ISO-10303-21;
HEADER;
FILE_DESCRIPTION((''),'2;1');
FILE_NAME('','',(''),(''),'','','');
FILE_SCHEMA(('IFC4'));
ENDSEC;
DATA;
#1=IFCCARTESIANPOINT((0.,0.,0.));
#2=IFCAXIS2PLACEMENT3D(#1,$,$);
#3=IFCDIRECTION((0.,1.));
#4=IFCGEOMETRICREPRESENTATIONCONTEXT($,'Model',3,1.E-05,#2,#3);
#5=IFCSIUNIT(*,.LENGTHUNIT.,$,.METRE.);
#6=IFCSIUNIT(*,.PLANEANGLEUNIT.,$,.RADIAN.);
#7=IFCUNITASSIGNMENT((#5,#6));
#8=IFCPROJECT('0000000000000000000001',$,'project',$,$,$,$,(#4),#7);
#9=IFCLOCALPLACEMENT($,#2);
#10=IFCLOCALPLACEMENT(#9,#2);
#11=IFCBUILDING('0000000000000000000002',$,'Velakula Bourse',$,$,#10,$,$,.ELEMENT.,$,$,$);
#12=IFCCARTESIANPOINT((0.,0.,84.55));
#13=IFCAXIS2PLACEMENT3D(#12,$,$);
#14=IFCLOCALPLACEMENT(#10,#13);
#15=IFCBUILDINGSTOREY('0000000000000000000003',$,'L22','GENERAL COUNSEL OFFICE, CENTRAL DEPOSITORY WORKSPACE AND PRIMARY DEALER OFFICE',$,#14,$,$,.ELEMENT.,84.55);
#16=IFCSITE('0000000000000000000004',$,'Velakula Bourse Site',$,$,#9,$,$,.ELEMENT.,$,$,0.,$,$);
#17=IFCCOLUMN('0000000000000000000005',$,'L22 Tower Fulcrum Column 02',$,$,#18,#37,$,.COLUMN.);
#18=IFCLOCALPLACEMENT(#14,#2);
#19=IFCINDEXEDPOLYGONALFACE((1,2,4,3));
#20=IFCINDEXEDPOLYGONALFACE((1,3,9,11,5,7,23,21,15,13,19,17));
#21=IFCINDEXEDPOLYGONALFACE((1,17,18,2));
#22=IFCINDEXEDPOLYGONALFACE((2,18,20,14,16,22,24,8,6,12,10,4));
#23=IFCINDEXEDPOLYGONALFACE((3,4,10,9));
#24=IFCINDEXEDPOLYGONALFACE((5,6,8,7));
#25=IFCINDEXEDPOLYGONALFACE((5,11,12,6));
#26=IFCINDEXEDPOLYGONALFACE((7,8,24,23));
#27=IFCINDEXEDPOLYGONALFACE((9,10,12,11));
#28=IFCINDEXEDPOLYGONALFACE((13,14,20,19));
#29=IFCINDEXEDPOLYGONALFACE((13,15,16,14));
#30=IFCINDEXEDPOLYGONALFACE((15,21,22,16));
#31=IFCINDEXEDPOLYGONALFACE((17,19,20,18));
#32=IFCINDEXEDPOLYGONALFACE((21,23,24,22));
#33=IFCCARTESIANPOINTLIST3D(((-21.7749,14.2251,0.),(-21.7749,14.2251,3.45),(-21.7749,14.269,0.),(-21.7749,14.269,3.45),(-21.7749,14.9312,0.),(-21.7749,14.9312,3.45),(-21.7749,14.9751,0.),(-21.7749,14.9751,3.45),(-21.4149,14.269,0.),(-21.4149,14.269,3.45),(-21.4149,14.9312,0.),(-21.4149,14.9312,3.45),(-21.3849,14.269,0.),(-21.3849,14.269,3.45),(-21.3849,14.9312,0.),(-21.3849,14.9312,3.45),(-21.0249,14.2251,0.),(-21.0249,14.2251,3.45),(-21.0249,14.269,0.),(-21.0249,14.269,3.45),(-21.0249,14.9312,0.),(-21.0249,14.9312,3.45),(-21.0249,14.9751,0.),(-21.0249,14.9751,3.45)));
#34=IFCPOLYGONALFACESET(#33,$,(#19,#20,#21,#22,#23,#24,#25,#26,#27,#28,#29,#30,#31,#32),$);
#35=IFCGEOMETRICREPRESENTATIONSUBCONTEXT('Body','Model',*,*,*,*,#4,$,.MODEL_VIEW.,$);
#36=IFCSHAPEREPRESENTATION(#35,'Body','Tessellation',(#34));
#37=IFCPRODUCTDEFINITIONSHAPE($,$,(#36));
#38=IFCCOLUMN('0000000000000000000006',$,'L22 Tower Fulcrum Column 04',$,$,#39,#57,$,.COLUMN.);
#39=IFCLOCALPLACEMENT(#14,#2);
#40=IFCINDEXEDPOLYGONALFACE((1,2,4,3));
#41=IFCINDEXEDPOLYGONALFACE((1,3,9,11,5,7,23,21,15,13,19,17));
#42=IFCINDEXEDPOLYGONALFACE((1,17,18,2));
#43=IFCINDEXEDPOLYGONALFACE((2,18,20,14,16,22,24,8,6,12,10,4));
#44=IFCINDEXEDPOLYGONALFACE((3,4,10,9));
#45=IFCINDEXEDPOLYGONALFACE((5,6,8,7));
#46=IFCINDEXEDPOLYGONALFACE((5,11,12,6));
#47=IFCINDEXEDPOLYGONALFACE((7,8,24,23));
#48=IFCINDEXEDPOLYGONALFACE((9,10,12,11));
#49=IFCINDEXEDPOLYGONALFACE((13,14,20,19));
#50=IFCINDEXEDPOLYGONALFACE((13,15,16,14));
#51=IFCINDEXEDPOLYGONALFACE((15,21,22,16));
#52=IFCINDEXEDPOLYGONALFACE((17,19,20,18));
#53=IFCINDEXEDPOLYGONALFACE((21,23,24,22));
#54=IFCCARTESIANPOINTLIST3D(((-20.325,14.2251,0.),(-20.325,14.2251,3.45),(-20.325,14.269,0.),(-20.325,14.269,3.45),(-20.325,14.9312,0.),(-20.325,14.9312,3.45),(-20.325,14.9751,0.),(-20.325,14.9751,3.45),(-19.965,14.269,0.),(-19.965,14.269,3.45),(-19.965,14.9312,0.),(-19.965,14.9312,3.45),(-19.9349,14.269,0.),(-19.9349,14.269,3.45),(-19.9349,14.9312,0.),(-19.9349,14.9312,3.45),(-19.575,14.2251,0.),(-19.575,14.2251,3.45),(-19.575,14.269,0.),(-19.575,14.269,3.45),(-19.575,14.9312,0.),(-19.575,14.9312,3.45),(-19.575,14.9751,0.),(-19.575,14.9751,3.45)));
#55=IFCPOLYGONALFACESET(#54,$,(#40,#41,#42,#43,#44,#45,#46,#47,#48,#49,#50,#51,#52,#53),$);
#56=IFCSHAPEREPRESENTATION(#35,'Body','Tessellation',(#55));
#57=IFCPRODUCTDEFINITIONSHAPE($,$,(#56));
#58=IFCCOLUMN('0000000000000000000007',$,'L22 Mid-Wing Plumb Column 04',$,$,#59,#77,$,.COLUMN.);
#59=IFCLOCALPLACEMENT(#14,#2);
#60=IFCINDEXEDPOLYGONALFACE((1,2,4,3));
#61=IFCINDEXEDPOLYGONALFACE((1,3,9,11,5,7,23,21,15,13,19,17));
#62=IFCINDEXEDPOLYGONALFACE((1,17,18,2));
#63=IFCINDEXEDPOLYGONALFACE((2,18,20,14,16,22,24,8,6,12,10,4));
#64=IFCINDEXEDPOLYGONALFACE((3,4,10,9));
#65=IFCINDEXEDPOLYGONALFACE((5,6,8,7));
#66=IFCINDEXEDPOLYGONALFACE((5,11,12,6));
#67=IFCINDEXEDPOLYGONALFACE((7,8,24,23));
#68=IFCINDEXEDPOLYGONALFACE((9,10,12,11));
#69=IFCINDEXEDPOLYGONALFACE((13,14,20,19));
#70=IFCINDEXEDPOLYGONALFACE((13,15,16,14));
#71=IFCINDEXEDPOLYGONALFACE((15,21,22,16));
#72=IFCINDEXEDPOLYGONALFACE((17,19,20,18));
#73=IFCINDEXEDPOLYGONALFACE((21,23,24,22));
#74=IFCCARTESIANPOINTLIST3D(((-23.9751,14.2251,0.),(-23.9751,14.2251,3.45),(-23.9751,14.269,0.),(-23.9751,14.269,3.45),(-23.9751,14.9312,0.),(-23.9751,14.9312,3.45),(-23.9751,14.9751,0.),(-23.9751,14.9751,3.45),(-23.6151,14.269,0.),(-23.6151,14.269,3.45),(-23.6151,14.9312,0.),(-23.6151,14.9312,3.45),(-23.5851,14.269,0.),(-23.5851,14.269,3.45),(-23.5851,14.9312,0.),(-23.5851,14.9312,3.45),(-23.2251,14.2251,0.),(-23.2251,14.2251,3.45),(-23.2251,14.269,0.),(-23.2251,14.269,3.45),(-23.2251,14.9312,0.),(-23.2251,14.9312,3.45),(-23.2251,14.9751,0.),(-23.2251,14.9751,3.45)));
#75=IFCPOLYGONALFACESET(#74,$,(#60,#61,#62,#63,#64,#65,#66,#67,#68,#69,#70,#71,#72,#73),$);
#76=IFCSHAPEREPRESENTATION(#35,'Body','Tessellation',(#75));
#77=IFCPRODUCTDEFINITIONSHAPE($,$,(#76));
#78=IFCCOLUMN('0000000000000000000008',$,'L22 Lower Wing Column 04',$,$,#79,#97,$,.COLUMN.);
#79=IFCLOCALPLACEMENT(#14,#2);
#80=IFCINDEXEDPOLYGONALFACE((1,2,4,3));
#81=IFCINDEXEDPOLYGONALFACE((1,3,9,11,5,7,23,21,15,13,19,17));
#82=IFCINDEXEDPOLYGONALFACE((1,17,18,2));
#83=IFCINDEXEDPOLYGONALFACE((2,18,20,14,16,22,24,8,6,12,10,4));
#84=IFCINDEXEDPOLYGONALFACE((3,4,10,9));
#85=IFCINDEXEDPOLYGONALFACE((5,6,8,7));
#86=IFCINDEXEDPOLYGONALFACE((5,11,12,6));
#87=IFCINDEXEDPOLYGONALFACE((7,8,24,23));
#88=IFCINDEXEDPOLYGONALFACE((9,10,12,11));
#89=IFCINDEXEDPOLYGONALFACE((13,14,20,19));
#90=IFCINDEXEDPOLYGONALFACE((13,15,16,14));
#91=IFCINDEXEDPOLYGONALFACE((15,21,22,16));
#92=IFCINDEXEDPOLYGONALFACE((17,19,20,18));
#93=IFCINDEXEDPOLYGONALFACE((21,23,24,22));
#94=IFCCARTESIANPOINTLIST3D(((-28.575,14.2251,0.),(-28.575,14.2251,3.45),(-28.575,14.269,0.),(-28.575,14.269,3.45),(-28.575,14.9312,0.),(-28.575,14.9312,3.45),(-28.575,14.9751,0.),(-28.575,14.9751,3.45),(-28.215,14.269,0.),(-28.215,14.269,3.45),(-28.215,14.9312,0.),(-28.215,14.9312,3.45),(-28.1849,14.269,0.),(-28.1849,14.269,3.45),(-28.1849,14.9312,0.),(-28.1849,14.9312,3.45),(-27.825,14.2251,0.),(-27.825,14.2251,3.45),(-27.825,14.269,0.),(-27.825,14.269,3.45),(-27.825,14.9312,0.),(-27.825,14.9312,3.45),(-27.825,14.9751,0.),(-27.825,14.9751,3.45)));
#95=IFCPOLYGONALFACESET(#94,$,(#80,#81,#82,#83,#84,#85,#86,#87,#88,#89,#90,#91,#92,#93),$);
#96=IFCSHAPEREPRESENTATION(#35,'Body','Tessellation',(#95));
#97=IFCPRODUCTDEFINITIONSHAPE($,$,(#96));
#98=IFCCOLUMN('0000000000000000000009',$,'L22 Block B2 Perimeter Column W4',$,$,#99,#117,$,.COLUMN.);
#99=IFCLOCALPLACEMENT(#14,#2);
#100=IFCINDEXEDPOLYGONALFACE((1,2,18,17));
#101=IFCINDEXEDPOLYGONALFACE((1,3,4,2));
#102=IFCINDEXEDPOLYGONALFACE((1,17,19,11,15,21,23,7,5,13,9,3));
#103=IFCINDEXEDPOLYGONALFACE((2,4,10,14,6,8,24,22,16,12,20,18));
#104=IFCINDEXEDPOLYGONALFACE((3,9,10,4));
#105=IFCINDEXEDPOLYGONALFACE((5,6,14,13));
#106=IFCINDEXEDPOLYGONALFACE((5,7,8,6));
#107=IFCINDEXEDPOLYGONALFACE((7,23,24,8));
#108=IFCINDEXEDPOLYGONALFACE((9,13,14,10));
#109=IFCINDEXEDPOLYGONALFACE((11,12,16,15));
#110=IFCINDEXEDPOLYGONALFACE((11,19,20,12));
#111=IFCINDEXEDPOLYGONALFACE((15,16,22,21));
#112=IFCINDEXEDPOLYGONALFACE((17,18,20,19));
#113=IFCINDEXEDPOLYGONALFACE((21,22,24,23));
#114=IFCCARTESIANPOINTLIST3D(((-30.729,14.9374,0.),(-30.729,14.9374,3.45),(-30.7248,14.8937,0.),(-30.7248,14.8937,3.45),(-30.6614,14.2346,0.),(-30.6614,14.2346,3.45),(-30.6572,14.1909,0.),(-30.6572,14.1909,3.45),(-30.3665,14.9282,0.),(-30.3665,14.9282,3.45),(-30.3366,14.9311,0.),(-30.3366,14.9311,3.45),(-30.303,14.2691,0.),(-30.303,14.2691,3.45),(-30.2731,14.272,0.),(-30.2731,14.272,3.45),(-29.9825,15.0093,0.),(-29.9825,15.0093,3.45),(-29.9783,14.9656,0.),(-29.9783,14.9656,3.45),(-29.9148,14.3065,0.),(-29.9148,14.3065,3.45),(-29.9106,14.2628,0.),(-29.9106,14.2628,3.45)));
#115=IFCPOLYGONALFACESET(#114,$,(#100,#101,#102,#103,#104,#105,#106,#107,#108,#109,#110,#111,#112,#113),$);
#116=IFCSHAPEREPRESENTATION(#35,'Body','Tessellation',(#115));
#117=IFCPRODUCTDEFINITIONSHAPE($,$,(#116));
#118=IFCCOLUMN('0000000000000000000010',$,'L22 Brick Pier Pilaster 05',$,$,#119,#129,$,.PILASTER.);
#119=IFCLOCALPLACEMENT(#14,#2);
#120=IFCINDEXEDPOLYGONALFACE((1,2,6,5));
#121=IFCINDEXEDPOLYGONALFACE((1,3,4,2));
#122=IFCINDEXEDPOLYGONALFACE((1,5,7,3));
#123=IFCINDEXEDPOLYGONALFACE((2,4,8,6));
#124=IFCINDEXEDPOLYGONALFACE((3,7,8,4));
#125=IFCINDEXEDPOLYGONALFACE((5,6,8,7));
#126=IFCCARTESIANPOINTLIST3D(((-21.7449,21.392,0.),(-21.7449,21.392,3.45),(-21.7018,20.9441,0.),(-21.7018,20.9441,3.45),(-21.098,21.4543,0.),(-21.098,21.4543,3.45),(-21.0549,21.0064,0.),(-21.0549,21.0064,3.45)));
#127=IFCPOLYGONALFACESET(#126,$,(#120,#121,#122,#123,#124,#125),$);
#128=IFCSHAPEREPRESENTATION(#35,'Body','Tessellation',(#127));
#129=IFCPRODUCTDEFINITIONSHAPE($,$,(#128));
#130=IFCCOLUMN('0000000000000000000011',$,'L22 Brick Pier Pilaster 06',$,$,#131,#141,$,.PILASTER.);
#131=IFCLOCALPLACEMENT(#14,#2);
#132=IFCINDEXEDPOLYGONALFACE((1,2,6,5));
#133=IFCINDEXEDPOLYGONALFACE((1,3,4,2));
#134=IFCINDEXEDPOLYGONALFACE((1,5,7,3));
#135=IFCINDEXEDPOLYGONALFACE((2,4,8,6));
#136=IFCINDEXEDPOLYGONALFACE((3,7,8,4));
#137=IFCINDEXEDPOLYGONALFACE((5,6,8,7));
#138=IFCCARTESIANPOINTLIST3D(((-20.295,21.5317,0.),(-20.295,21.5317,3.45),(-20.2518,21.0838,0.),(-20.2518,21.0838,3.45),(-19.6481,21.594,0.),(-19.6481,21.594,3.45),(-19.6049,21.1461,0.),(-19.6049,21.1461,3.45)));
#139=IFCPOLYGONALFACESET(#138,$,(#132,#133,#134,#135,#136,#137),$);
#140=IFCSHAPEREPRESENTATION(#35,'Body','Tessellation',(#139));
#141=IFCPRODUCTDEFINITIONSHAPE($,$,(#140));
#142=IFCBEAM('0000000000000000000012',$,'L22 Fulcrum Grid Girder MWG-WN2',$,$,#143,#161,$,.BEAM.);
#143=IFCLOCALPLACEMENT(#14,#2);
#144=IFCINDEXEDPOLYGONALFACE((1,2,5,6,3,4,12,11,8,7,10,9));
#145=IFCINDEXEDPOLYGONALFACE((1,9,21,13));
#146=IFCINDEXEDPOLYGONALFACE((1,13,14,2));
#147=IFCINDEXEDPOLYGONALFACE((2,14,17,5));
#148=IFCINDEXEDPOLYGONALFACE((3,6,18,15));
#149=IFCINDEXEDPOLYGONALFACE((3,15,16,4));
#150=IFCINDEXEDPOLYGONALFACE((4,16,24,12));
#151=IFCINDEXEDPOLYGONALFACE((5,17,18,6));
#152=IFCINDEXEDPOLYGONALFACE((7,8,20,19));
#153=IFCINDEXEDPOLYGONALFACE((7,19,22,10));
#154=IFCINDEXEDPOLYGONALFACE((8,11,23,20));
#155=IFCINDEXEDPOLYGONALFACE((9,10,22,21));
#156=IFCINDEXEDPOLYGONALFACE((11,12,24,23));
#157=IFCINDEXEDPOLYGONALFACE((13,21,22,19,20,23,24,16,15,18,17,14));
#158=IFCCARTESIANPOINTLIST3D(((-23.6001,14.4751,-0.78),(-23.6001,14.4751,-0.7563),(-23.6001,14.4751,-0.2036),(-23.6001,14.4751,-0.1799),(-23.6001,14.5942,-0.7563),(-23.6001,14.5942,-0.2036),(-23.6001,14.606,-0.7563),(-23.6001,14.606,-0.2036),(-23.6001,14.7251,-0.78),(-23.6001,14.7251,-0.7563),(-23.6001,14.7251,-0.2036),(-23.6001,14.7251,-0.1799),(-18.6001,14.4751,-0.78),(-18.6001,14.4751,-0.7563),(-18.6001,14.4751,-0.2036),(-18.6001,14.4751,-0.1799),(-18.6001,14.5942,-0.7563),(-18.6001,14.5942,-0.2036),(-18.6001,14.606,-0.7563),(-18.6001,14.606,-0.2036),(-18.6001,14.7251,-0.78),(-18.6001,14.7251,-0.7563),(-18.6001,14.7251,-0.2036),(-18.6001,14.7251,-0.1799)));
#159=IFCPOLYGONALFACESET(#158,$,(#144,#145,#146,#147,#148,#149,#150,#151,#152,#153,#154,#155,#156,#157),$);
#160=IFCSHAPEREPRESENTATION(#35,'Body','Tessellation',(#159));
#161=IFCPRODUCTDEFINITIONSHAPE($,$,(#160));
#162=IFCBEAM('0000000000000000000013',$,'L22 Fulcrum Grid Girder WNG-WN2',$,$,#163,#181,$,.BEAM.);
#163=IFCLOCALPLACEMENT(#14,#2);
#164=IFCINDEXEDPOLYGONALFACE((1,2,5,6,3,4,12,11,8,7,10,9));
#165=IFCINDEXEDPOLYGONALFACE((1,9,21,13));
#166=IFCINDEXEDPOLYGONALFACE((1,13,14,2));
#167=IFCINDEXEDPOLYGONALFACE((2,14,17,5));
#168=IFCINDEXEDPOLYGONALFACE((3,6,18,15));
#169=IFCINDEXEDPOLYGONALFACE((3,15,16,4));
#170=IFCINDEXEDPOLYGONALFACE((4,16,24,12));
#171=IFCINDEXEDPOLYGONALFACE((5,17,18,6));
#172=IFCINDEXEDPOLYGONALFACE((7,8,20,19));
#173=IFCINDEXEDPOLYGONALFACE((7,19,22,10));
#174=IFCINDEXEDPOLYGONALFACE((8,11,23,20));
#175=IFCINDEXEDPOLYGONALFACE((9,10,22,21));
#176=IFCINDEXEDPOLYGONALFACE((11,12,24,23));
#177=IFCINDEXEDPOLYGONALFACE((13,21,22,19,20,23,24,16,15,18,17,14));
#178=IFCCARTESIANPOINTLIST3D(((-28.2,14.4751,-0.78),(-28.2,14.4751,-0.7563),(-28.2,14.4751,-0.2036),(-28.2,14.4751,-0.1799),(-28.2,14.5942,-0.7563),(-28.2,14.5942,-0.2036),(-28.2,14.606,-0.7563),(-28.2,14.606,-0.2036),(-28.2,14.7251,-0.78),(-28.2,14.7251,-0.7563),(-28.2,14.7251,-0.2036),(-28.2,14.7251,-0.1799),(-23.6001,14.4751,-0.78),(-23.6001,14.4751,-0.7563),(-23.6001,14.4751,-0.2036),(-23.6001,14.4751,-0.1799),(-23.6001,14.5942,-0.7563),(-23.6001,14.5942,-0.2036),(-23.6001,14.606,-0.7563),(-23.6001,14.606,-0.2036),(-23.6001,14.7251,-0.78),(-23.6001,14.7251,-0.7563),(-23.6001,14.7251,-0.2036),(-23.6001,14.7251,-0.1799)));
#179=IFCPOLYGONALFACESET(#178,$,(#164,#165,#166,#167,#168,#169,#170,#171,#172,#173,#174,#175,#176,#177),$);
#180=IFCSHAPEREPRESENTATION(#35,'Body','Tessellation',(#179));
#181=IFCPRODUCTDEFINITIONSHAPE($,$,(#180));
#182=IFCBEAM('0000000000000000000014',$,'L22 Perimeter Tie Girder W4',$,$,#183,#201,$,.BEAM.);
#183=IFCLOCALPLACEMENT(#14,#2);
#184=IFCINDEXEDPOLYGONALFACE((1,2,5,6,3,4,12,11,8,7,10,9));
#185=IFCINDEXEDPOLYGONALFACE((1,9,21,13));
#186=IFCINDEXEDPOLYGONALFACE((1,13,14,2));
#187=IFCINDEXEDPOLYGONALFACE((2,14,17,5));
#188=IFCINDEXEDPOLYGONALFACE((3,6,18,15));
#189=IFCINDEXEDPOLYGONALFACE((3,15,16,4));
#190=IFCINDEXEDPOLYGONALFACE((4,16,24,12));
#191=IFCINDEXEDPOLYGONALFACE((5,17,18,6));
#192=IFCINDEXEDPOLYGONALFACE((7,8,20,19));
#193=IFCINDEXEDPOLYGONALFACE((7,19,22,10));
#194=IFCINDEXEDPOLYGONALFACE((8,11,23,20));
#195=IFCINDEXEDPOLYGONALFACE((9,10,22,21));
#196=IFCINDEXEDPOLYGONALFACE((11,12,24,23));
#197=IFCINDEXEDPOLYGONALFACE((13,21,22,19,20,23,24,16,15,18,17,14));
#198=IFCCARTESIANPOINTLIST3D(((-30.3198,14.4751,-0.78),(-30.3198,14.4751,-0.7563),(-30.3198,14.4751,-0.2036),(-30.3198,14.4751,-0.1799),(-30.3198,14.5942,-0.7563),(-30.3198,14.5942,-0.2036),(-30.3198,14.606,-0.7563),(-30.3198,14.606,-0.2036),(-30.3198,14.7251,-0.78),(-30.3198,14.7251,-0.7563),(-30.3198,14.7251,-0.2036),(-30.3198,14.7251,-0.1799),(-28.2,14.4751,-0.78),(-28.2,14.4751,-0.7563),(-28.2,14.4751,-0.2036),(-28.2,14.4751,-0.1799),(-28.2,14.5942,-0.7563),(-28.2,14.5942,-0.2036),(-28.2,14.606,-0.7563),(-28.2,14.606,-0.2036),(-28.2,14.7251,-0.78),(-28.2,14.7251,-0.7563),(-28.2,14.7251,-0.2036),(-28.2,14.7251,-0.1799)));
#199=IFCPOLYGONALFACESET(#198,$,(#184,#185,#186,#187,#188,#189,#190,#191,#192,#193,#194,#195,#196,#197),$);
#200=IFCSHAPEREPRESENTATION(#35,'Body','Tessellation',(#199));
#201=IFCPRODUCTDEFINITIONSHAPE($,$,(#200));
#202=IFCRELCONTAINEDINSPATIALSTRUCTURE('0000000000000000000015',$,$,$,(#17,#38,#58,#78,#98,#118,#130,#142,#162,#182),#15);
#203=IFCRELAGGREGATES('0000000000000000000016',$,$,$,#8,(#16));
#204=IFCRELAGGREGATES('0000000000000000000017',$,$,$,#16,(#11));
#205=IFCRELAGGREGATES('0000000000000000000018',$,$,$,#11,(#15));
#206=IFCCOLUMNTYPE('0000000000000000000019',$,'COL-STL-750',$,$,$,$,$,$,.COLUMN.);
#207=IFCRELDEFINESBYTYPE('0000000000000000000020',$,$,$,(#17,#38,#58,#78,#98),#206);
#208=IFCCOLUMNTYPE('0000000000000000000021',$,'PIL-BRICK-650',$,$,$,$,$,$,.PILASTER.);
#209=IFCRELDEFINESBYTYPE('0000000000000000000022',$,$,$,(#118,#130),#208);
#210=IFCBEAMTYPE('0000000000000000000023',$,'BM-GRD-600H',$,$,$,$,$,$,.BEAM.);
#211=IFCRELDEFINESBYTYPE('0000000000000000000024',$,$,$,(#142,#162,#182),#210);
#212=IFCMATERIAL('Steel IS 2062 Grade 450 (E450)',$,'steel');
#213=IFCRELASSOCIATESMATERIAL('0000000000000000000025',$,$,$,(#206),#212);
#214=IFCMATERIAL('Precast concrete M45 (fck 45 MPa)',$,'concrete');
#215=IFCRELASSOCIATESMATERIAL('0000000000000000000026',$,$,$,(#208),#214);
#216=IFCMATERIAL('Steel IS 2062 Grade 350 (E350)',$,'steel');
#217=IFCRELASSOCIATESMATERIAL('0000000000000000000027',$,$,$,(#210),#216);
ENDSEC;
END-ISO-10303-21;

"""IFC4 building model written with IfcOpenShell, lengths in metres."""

from ifc_helpers import new_model, si_unit, direction, frame, origin, origin_2d, place, context, subcontext, project, spatial, rectangle, i_section, extrude, material, material_profile, profile_set, type_object, element, save


model = new_model("IFC4")

# Units and contexts
model_context = context("Model", 3, precision=1e-05, world=origin(), true_north=direction((0.0, 1.0)))
body_context = subcontext(model_context, "Body", "Model", "MODEL_VIEW")
ifc_project = project(units=[si_unit("LENGTHUNIT", "METRE"), si_unit("PLANEANGLEUNIT", "RADIAN")], contexts=[model_context])

# Site, building, storey
site_placement = place(None, origin())
site = spatial("IfcSite", under=ifc_project, at=site_placement, Name="Velakula Bourse Site", CompositionType="ELEMENT", RefElevation=0.0)
building_placement = place(site_placement, origin())
building = spatial("IfcBuilding", under=site, at=building_placement, Name="Velakula Bourse", CompositionType="ELEMENT")
storey_placement = place(building_placement, frame((0.0, 0.0, 84.55)))
storey = spatial("IfcBuildingStorey", under=building, at=storey_placement, Name="L22", Description="GENERAL COUNSEL OFFICE, CENTRAL DEPOSITORY WORKSPACE AND PRIMARY DEALER OFFICE", CompositionType="ELEMENT", Elevation=84.55)

# Columns
ifc_material_1 = material(Name="Steel IS 2062 Grade 450 (E450)", Category="steel")
ifc_material_profile_1 = material_profile(ifc_material_1, i_section(OverallWidth=0.75, OverallDepth=0.75, WebThickness=0.03, FlangeThickness=0.0439, at=origin_2d()), Name="Steel IS 2062 Grade 450 (E450)")
ifc_profile_set_1 = profile_set([ifc_material_profile_1], Name="Steel IS 2062 Grade 450 (E450)")
column_type_1 = type_object("IfcColumnType", Name="COL-STL-750", PredefinedType="COLUMN", material=ifc_profile_set_1)
for number, where, z_axis, x_axis, name in (
    (1, (-21.3999, 14.6001, 0.0), (0.0, 0.0, 1.0), (1.0, 0.0, 0.0), "L22 Tower Fulcrum Column 02"),
    (2, (-19.95, 14.6001, 0.0), (0.0, 0.0, 1.0), (1.0, 0.0, 0.0), "L22 Tower Fulcrum Column 04"),
    (3, (-23.6001, 14.6001, 0.0), (0.0, 0.0, 1.0), (1.0, 0.0, 0.0), "L22 Mid-Wing Plumb Column 04"),
    (4, (-28.2, 14.6001, 0.0), (0.0, 0.0, 1.0), (1.0, 0.0, 0.0), "L22 Lower Wing Column 04"),
    (5, (-30.3198, 14.6001, 0.0), (0.0, 0.0, 1.0), (0.995396, 0.095846, 0.0), "L22 Block B2 Perimeter Column W4"),
):
    element("IfcColumn", number, at=place(storey_placement, frame(where, z_axis=z_axis, x_axis=x_axis)), inside=storey, type_object=column_type_1, Name=name, PredefinedType="COLUMN", context=body_context, shape_type="SweptSolid", body=[
        extrude(i_section(OverallWidth=0.75, OverallDepth=0.75, WebThickness=0.03, FlangeThickness=0.0439, at=origin_2d()), origin(), (0.0, 0.0, 1.0), 3.45),
    ])
ifc_material_2 = material(Name="Precast concrete M45 (fck 45 MPa)", Category="concrete")
ifc_material_profile_2 = material_profile(ifc_material_2, rectangle(XDim=0.6499, YDim=0.45, at=origin_2d()), Name="Precast concrete M45 (fck 45 MPa)")
ifc_profile_set_2 = profile_set([ifc_material_profile_2], Name="Precast concrete M45 (fck 45 MPa)")
column_type_2 = type_object("IfcColumnType", Name="PIL-BRICK-650", PredefinedType="PILASTER", material=ifc_profile_set_2)
for number, where, z_axis, x_axis, name in (
    (6, (-21.3999, 21.1992, 0.0), (0.0, 0.0, 1.0), (0.995396, 0.095846, 0.0), "L22 Brick Pier Pilaster 05"),
    (7, (-19.95, 21.3389, 0.0), (0.0, 0.0, 1.0), (0.995396, 0.095846, 0.0), "L22 Brick Pier Pilaster 06"),
):
    element("IfcColumn", number, at=place(storey_placement, frame(where, z_axis=z_axis, x_axis=x_axis)), inside=storey, type_object=column_type_2, Name=name, PredefinedType="PILASTER", context=body_context, shape_type="SweptSolid", body=[
        extrude(rectangle(XDim=0.6499, YDim=0.45, at=origin_2d()), origin(), (0.0, 0.0, 1.0), 3.45),
    ])

# Beams
ifc_material_3 = material(Name="Steel IS 2062 Grade 350 (E350)", Category="steel")
ifc_material_profile_3 = material_profile(ifc_material_3, i_section(OverallWidth=0.25, OverallDepth=0.6001, WebThickness=0.0117, FlangeThickness=0.0237, at=origin_2d()), Name="Steel IS 2062 Grade 350 (E350)")
ifc_profile_set_3 = profile_set([ifc_material_profile_3], Name="Steel IS 2062 Grade 350 (E350)")
beam_type_1 = type_object("IfcBeamType", Name="BM-GRD-600H", PredefinedType="BEAM", material=ifc_profile_set_3)
beam_1_placement = place(storey_placement, frame((-23.6001, 14.6001, -0.48), z_axis=(1.0, 0.0, 0.0), x_axis=(0.0, 1.0, 0.0)))
element("IfcBeam", 8, at=beam_1_placement, inside=storey, type_object=beam_type_1, Name="L22 Fulcrum Grid Girder MWG-WN2", PredefinedType="BEAM", context=body_context, shape_type="SweptSolid", body=[
    extrude(i_section(OverallWidth=0.25, OverallDepth=0.6001, WebThickness=0.0117, FlangeThickness=0.0237, at=origin_2d()), origin(), (0.0, 0.0, 1.0), 5.0),
])
beam_2_placement = place(storey_placement, frame((-28.2, 14.6001, -0.48), z_axis=(1.0, 0.0, 0.0), x_axis=(0.0, 1.0, 0.0)))
element("IfcBeam", 9, at=beam_2_placement, inside=storey, type_object=beam_type_1, Name="L22 Fulcrum Grid Girder WNG-WN2", PredefinedType="BEAM", context=body_context, shape_type="SweptSolid", body=[
    extrude(i_section(OverallWidth=0.25, OverallDepth=0.6001, WebThickness=0.0117, FlangeThickness=0.0237, at=origin_2d()), origin(), (0.0, 0.0, 1.0), 4.5999),
])
beam_3_placement = place(storey_placement, frame((-28.2, 14.6001, -0.48), z_axis=(-1.0, 0.0, 0.0), x_axis=(0.0, -1.0, 0.0)))
element("IfcBeam", 10, at=beam_3_placement, inside=storey, type_object=beam_type_1, Name="L22 Perimeter Tie Girder W4", PredefinedType="BEAM", context=body_context, shape_type="SweptSolid", body=[
    extrude(i_section(OverallWidth=0.25, OverallDepth=0.6001, WebThickness=0.0117, FlangeThickness=0.0237, at=origin_2d()), origin(), (0.0, 0.0, 1.0), 2.1199),
])

save(model, "model.ifc")
